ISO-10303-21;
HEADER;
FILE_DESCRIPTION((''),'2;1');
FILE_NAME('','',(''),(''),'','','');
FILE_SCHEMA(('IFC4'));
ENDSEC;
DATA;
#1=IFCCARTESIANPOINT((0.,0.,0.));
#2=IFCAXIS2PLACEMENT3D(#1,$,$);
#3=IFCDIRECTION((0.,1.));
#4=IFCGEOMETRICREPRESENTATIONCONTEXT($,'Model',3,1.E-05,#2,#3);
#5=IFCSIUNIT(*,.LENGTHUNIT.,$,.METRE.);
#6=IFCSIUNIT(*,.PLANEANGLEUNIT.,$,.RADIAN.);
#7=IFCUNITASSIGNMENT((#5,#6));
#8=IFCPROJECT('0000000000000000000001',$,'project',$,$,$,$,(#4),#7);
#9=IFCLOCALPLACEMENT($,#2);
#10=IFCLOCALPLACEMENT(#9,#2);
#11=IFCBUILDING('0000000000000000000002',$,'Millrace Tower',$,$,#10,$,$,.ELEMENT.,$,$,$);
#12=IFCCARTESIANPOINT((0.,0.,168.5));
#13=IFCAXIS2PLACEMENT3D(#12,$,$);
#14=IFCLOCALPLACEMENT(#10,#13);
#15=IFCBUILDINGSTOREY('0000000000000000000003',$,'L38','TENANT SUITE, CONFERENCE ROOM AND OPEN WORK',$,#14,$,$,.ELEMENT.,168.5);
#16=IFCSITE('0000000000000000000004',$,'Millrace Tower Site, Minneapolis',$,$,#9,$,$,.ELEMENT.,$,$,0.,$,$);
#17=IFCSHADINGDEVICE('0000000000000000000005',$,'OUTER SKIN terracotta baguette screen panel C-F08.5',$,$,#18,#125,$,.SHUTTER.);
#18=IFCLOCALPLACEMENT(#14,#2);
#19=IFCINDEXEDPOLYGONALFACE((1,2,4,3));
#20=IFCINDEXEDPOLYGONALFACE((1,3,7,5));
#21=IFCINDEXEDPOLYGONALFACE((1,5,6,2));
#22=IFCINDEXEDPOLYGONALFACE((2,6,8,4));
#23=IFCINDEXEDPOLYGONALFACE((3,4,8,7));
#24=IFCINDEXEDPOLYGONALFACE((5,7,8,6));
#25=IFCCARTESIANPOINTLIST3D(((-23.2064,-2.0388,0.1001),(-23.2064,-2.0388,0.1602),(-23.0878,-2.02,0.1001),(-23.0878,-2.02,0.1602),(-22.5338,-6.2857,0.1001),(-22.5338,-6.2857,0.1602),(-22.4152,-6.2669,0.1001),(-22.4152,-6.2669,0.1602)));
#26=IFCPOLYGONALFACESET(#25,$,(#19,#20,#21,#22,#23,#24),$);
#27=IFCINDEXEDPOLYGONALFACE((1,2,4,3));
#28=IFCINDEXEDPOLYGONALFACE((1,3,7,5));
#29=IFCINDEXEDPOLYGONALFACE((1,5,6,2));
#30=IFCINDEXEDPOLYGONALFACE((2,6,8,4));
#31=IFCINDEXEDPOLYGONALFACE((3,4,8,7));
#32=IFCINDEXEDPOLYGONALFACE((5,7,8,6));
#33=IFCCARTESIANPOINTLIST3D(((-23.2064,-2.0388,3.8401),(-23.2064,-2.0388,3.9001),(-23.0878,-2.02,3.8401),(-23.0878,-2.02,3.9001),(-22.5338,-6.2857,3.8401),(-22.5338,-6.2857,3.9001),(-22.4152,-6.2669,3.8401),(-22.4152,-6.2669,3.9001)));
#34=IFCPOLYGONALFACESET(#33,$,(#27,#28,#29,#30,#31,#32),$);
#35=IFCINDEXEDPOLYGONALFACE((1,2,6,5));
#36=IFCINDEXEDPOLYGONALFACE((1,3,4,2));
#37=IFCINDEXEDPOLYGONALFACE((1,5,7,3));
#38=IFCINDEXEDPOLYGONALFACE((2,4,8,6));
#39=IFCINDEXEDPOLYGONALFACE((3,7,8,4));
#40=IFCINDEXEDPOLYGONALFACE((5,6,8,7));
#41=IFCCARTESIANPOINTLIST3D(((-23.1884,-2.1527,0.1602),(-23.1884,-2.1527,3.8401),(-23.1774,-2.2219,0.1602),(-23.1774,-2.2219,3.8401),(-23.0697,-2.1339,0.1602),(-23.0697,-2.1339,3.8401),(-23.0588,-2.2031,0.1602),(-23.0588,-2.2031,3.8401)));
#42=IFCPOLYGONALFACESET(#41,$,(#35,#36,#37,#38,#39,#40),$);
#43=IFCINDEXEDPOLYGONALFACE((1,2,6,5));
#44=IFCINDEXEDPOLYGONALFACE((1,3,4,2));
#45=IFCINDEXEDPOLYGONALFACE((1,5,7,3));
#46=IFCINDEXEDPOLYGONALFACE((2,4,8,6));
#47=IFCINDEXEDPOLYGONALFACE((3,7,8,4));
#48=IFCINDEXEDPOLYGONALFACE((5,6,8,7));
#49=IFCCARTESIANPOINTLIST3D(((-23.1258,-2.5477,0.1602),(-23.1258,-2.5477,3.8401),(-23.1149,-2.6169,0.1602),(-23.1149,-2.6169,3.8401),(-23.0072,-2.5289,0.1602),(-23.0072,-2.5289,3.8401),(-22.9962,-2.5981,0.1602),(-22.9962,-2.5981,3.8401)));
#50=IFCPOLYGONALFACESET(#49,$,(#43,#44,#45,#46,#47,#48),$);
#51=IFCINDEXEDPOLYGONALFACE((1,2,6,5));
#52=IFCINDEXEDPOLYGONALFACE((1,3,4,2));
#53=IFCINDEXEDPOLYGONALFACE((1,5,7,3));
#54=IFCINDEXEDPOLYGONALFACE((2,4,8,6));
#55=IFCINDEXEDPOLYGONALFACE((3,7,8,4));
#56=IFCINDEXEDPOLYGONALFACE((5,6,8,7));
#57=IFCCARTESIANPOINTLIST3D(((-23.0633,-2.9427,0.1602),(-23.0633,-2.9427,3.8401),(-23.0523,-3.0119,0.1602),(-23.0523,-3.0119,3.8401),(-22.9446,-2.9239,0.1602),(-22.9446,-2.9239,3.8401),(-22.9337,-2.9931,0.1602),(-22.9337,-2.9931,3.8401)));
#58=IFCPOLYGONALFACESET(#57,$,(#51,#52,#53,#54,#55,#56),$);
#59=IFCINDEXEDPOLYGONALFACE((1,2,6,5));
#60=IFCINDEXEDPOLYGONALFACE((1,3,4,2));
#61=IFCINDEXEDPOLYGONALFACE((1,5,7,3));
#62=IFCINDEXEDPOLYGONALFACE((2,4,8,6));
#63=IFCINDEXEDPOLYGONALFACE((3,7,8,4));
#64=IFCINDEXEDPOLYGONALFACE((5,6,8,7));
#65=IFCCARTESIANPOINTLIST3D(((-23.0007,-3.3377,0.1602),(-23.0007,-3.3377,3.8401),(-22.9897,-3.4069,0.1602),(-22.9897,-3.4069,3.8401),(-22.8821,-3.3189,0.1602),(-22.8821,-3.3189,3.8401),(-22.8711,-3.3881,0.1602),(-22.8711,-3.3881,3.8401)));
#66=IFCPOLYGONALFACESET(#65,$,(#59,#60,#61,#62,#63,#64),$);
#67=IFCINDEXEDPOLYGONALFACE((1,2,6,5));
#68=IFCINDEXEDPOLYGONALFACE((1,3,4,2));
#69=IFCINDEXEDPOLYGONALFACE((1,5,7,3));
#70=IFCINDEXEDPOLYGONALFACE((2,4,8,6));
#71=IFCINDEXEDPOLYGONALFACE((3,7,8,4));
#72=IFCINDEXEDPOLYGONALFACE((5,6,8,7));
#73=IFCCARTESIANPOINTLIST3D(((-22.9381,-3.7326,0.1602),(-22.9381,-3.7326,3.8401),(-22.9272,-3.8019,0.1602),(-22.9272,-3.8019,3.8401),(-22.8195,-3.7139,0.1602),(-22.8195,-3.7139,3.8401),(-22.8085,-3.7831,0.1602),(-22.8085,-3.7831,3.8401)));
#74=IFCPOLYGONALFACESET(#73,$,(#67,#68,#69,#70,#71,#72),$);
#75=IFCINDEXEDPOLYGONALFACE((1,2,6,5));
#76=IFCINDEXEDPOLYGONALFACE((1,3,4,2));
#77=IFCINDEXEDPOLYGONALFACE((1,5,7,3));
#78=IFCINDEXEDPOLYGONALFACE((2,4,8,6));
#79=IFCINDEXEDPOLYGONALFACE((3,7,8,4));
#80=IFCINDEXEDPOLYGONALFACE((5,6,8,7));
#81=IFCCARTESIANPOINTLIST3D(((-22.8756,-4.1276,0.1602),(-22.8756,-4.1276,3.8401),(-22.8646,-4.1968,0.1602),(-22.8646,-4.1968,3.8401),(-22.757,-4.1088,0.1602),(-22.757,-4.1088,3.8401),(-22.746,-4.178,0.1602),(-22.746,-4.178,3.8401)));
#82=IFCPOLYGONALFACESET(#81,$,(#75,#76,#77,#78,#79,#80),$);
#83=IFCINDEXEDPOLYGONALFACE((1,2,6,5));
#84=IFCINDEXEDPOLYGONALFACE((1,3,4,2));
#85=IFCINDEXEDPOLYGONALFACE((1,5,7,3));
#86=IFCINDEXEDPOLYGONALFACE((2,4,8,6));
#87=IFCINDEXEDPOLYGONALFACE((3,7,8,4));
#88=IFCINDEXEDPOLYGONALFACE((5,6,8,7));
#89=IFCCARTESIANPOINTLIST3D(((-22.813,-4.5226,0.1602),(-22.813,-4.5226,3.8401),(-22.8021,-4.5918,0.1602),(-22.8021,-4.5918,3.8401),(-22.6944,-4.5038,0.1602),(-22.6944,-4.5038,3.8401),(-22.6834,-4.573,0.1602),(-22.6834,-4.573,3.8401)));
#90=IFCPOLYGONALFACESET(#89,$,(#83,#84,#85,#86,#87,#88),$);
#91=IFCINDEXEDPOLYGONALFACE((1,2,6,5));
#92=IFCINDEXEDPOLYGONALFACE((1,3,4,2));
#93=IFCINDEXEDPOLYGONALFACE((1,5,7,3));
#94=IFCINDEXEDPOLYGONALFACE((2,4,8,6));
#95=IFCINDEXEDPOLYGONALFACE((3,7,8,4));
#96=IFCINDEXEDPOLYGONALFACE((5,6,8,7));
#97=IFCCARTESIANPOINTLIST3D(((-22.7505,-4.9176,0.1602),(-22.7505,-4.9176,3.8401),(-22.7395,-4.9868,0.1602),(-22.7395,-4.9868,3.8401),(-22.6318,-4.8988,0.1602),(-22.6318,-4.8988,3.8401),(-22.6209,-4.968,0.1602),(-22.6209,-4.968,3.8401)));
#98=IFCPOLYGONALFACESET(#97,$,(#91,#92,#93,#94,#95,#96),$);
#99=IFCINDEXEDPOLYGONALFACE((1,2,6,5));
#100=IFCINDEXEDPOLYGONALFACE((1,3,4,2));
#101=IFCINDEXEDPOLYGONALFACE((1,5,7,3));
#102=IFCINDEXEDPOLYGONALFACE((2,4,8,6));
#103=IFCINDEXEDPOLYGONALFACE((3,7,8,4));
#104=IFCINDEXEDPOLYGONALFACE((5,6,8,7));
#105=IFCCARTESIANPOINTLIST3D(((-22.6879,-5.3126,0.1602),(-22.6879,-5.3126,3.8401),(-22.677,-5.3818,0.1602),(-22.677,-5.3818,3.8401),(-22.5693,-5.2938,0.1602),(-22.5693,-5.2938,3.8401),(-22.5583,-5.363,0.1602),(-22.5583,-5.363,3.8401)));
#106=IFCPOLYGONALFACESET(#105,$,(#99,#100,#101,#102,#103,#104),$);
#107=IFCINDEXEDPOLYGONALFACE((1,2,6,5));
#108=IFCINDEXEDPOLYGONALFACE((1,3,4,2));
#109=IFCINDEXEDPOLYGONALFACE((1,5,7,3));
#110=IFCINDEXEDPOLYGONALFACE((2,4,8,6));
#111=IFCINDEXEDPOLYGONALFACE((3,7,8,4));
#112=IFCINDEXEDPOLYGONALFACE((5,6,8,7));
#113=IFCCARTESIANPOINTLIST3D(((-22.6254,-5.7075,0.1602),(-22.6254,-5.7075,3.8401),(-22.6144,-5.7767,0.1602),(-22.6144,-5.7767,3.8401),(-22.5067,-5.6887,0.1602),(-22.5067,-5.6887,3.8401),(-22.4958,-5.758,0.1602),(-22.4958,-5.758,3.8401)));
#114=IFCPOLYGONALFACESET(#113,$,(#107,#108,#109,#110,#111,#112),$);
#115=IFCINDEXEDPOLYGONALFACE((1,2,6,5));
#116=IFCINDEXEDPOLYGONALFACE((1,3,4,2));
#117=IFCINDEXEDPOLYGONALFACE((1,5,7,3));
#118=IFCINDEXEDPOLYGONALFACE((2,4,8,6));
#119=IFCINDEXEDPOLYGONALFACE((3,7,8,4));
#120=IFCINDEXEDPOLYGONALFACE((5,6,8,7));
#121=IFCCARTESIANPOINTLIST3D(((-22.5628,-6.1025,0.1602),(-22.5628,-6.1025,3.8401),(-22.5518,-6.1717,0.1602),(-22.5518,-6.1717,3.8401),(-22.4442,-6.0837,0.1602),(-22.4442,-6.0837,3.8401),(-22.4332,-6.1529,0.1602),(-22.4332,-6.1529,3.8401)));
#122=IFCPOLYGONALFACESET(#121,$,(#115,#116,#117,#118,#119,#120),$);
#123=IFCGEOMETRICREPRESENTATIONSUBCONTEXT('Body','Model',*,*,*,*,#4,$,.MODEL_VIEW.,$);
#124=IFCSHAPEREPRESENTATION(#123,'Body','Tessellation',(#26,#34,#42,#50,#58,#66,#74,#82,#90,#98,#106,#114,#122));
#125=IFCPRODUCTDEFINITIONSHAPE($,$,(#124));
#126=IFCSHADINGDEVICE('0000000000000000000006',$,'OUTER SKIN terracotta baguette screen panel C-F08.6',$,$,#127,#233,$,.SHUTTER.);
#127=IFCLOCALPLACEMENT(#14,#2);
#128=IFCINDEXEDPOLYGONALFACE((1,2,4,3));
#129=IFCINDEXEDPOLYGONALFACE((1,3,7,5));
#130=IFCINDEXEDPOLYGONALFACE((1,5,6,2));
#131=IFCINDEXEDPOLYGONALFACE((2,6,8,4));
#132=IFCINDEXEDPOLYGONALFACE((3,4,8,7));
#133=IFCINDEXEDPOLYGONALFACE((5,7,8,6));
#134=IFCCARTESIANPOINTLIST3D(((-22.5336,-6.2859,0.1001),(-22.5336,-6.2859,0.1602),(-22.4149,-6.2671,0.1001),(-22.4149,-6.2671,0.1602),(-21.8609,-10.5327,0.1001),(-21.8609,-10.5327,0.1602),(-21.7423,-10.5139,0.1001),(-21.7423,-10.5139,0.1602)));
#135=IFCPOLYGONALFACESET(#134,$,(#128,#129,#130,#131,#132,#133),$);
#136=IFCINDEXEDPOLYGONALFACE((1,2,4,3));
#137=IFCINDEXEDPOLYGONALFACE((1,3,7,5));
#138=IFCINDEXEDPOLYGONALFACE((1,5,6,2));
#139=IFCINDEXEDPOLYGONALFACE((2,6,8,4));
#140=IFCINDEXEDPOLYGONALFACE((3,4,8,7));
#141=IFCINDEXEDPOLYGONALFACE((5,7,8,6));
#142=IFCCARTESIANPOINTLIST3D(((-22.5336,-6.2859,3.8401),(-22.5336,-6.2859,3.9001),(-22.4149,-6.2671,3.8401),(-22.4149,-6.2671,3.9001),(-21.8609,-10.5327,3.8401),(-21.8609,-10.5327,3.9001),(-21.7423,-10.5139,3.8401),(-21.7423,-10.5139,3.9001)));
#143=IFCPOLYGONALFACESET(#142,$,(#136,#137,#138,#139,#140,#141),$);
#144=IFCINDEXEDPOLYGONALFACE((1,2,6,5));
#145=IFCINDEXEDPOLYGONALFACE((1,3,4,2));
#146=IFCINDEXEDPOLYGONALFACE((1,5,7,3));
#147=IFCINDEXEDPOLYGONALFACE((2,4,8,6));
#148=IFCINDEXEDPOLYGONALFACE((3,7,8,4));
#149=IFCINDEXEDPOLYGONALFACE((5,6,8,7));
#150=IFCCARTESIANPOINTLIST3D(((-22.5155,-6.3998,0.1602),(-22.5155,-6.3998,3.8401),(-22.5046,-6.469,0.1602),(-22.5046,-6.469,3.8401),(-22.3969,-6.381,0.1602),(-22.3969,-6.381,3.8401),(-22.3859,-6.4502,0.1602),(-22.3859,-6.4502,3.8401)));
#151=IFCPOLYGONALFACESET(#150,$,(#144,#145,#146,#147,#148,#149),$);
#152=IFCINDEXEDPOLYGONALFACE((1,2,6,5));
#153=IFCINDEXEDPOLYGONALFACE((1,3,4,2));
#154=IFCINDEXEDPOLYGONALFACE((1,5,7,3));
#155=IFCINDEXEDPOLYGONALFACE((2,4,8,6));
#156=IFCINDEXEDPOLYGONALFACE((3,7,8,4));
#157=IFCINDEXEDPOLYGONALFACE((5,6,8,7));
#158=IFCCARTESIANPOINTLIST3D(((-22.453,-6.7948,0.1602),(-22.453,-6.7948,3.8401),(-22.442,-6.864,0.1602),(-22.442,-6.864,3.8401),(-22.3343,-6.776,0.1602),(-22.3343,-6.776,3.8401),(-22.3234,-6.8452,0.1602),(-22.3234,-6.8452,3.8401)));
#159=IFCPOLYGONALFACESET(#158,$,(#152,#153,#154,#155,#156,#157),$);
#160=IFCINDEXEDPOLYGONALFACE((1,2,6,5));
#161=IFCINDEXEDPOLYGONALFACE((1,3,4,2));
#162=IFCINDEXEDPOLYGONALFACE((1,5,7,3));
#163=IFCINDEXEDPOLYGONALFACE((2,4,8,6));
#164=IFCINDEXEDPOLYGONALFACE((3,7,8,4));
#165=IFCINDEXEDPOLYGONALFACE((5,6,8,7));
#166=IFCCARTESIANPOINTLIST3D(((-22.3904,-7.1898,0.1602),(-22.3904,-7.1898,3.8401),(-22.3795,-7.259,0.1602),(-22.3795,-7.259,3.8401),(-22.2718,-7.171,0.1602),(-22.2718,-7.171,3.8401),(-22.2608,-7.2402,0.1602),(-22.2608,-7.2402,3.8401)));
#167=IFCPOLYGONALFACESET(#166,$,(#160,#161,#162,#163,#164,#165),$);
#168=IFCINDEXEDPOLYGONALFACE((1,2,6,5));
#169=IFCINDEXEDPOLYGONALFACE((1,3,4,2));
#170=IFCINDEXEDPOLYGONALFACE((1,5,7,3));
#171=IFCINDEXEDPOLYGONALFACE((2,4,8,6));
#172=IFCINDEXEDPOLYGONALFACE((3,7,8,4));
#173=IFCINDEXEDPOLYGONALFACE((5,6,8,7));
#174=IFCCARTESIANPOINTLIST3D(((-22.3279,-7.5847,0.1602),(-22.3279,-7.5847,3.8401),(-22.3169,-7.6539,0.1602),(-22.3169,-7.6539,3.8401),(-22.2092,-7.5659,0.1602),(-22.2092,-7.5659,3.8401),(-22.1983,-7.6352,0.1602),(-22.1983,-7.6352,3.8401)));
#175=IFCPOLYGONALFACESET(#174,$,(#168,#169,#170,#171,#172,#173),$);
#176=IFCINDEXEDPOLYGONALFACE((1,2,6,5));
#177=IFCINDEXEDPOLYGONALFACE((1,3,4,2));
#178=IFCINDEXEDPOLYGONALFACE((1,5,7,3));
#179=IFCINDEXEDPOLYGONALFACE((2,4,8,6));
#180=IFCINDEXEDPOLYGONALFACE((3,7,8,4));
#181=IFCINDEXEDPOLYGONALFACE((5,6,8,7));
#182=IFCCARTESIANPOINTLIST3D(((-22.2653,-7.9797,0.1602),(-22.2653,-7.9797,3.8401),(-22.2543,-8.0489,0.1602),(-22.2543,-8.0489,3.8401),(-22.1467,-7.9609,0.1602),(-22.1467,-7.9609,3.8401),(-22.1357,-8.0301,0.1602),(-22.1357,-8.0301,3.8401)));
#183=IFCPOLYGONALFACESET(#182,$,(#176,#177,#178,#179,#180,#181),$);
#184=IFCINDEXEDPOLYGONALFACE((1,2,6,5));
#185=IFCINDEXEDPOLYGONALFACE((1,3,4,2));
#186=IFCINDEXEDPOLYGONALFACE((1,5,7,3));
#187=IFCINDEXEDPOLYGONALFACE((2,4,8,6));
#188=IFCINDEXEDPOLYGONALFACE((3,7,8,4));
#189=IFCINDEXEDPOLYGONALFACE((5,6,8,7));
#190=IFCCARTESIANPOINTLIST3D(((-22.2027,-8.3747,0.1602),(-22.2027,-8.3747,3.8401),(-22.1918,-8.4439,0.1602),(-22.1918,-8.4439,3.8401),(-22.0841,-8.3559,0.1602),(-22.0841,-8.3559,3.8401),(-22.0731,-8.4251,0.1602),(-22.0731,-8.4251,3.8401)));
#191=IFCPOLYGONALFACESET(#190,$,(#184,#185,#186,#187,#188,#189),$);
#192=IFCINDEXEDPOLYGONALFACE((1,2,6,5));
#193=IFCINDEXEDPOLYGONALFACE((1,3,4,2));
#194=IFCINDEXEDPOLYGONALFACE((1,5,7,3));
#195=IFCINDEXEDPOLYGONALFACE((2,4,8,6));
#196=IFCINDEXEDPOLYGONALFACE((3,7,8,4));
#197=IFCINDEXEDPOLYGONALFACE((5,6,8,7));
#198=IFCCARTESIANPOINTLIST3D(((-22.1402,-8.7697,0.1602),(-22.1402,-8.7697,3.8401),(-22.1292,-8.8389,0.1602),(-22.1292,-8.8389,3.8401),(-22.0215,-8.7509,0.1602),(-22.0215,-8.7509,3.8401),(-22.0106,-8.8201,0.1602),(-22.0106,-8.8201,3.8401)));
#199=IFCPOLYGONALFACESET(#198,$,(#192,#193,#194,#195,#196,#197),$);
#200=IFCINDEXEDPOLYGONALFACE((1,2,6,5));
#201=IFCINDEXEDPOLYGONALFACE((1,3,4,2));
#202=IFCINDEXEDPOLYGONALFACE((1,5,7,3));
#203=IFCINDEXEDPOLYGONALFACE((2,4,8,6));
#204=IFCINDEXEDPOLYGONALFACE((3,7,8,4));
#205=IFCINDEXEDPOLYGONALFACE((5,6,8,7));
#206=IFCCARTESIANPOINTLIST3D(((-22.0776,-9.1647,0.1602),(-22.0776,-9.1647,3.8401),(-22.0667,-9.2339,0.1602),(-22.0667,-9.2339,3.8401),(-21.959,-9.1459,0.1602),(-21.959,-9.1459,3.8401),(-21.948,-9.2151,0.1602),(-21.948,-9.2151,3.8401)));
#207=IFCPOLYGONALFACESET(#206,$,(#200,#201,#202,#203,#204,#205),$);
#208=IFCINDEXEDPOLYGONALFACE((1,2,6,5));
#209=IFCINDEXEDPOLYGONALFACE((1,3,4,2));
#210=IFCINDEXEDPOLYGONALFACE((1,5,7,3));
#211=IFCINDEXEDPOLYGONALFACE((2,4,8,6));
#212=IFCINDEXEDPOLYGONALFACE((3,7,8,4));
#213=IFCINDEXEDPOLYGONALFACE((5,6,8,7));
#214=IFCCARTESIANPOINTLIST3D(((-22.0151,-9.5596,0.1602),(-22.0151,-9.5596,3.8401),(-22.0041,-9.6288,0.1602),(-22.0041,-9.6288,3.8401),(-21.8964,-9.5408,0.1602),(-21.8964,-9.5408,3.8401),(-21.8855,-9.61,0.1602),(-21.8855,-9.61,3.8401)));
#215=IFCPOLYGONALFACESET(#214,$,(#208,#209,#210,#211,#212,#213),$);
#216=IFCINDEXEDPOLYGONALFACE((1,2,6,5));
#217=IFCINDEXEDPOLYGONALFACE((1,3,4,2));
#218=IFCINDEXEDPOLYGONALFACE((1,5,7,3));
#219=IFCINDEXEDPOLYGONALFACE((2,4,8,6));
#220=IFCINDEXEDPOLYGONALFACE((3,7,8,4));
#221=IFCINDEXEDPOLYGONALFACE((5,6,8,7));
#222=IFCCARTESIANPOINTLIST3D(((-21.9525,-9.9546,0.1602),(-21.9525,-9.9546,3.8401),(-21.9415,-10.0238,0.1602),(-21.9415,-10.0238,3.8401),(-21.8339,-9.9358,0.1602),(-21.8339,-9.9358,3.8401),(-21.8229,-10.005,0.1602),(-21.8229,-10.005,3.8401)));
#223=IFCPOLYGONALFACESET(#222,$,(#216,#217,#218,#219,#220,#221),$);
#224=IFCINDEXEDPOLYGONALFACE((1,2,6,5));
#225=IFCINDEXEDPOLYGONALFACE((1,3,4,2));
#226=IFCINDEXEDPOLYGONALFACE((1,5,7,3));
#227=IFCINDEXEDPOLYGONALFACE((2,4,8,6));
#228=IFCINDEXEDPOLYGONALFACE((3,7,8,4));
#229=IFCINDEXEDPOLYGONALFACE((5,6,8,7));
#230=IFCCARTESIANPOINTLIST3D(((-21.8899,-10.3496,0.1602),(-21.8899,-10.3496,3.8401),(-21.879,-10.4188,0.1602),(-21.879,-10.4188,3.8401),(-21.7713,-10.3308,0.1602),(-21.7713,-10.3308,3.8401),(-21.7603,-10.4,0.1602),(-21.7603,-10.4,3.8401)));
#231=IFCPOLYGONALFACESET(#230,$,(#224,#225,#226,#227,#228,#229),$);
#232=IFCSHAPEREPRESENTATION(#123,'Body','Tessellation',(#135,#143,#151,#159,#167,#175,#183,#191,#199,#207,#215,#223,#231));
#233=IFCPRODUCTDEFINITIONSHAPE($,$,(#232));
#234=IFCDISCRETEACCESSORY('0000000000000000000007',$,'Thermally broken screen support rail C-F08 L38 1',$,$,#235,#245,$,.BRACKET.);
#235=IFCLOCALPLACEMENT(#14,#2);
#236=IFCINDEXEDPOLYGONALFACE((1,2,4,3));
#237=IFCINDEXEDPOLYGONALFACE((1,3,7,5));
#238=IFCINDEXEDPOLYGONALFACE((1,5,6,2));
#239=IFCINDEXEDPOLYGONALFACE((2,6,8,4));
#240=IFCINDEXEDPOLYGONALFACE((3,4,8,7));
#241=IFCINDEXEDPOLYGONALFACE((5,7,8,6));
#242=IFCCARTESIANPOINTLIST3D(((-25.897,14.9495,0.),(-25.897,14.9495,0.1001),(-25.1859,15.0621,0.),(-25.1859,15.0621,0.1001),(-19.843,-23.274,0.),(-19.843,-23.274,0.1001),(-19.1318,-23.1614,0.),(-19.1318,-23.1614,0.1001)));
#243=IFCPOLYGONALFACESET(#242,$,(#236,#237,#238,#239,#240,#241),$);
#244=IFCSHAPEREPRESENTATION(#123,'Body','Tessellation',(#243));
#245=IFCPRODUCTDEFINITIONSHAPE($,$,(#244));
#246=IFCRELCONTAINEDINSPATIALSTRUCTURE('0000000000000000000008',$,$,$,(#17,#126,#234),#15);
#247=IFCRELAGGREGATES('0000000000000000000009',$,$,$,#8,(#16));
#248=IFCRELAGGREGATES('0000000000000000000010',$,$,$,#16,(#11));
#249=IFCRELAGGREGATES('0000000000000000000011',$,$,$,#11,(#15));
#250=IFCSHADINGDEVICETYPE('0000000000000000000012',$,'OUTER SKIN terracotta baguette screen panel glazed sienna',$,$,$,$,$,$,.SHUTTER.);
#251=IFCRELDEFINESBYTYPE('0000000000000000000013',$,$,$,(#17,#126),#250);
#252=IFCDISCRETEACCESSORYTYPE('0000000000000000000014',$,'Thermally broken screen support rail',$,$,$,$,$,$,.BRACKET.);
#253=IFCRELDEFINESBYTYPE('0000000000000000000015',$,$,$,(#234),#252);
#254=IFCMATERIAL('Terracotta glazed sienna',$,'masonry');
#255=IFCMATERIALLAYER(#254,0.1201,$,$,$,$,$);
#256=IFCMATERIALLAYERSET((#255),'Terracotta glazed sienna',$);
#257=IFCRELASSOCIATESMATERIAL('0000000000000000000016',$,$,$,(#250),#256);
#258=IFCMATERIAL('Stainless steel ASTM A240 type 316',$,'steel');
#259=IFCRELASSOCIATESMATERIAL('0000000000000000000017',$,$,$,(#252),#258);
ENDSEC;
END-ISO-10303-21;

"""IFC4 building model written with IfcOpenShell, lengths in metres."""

from ifc_helpers import new_model, entity, si_unit, direction, frame, frame_2d, origin, origin_2d, place, context, subcontext, project, spatial, rectangle, extrude, source, transform, mapped, material, layer, layer_set, type_object, element, save


model = new_model("IFC4")

# Units and contexts
model_context = context("Model", 3, precision=1e-05, world=origin(), true_north=direction((0.0, 1.0)))
body_context = subcontext(model_context, "Body", "Model", "MODEL_VIEW")
ifc_project = project(units=[si_unit("LENGTHUNIT", "METRE"), si_unit("PLANEANGLEUNIT", "RADIAN")], contexts=[model_context])

# Site, building, storey
site_placement = place(None, origin())
site = spatial("IfcSite", under=ifc_project, at=site_placement, Name="Millrace Tower Site, Minneapolis", CompositionType="ELEMENT", RefElevation=0.0)
building_placement = place(site_placement, origin())
building = spatial("IfcBuilding", under=site, at=building_placement, Name="Millrace Tower", CompositionType="ELEMENT")
storey_placement = place(building_placement, frame((0.0, 0.0, 168.5)))
storey = spatial("IfcBuildingStorey", under=building, at=storey_placement, Name="L38", Description="TENANT SUITE, CONFERENCE ROOM AND OPEN WORK", CompositionType="ELEMENT", Elevation=168.5)

# Shading devices
ifc_material_1 = material(Name="Terracotta glazed sienna", Category="masonry")
ifc_layer_1 = layer(ifc_material_1, 0.1201)
ifc_layer_set_1 = layer_set([ifc_layer_1], Name="Terracotta glazed sienna")
shading_device_type = type_object("IfcShadingDeviceType", Name="OUTER SKIN terracotta baguette screen panel glazed sienna", PredefinedType="SHUTTER", material=ifc_layer_set_1)
cartesian_point = entity("IfcCartesianPoint", [-2.1499, 0.0601])
shared_polyline = entity("IfcPolyline", [cartesian_point, entity("IfcCartesianPoint", [2.1499, 0.0601]), entity("IfcCartesianPoint", [2.1499, -0.0601]), entity("IfcCartesianPoint", [-2.1499, -0.0601]), cartesian_point])
shared_shape = source(origin(), body_context, "Body", "SweptSolid", [
    entity("IfcExtrudedAreaSolid", entity("IfcArbitraryClosedProfileDef", "AREA", None, shared_polyline), entity("IfcAxis2Placement3D", entity("IfcCartesianPoint", [0.0, 0.0, 0.0])), entity("IfcDirection", [0.0, 0.0, 1.0]), 0.0601),
    entity("IfcExtrudedAreaSolid", entity("IfcArbitraryClosedProfileDef", "AREA", None, shared_polyline), entity("IfcAxis2Placement3D", entity("IfcCartesianPoint", [0.0, 0.0, 3.74])), entity("IfcDirection", [0.0, 0.0, 1.0]), 0.0601),
    extrude(rectangle(XDim=0.0701, YDim=0.1201, at=frame_2d((-1.9995, 0.0))), frame((0.0, 0.0, 0.0601)), (0.0, 0.0, 1.0), 3.6799),
    extrude(rectangle(XDim=0.0701, YDim=0.1201, at=frame_2d((-1.5996, 0.0))), frame((0.0, 0.0, 0.0601)), (0.0, 0.0, 1.0), 3.6799),
    extrude(rectangle(XDim=0.0701, YDim=0.1201, at=frame_2d((-1.1997, 0.0))), frame((0.0, 0.0, 0.0601)), (0.0, 0.0, 1.0), 3.6799),
    extrude(rectangle(XDim=0.0701, YDim=0.1201, at=frame_2d((-0.7998, 0.0))), frame((0.0, 0.0, 0.0601)), (0.0, 0.0, 1.0), 3.6799),
    extrude(rectangle(XDim=0.0701, YDim=0.1201, at=frame_2d((-0.3999, 0.0))), frame((0.0, 0.0, 0.0601)), (0.0, 0.0, 1.0), 3.6799),
    extrude(rectangle(XDim=0.0701, YDim=0.1201, at=origin_2d()), frame((0.0, 0.0, 0.0601)), (0.0, 0.0, 1.0), 3.6799),
    extrude(rectangle(XDim=0.0701, YDim=0.1201, at=frame_2d((0.3999, 0.0))), frame((0.0, 0.0, 0.0601)), (0.0, 0.0, 1.0), 3.6799),
    extrude(rectangle(XDim=0.0701, YDim=0.1201, at=frame_2d((0.7998, 0.0))), frame((0.0, 0.0, 0.0601)), (0.0, 0.0, 1.0), 3.6799),
    extrude(rectangle(XDim=0.0701, YDim=0.1201, at=frame_2d((1.1997, 0.0))), frame((0.0, 0.0, 0.0601)), (0.0, 0.0, 1.0), 3.6799),
    extrude(rectangle(XDim=0.0701, YDim=0.1201, at=frame_2d((1.5996, 0.0))), frame((0.0, 0.0, 0.0601)), (0.0, 0.0, 1.0), 3.6799),
    extrude(rectangle(XDim=0.0701, YDim=0.1201, at=frame_2d((1.9995, 0.0))), frame((0.0, 0.0, 0.0601)), (0.0, 0.0, 1.0), 3.6799),
])
for number, where, z_axis, x_axis, name in (
    (1, (-22.8108, -4.1528, 0.1001), (0.0, 0.0, 1.0), (0.156434, -0.987688, 0.0), "OUTER SKIN terracotta baguette screen panel C-F08.5"),
    (2, (-22.1379, -8.3999, 0.1001), (0.0, 0.0, 1.0), (0.156434, -0.987688, 0.0), "OUTER SKIN terracotta baguette screen panel C-F08.6"),
):
    element("IfcShadingDevice", number, at=place(storey_placement, frame(where, z_axis=z_axis, x_axis=x_axis)), inside=storey, type_object=shading_device_type, Name=name, PredefinedType="SHUTTER", context=body_context, shape_type="MappedRepresentation", body=[
        mapped(shared_shape, transform((0.0, 0.0, 0.0), scale=1.0)),
    ])

# Discrete accessory
ifc_material_2 = material(Name="Stainless steel ASTM A240 type 316", Category="steel")
discrete_accessory_type = type_object("IfcDiscreteAccessoryType", Name="Thermally broken screen support rail", PredefinedType="BRACKET", material=ifc_material_2)
discrete_accessory_placement = place(storey_placement, frame((-22.5144, -4.106, 0.0), z_axis=(0.0, 0.0, 1.0), x_axis=(0.156434, -0.987688, 0.0)))
element("IfcDiscreteAccessory", 3, at=discrete_accessory_placement, inside=storey, type_object=discrete_accessory_type, Name="Thermally broken screen support rail C-F08 L38 1", PredefinedType="BRACKET", context=body_context, shape_type="SweptSolid", body=[
    extrude(rectangle(XDim=38.7, YDim=0.72, at=origin_2d()), origin(), (0.0, 0.0, 1.0), 0.1001),
])

save(model, "model.ifc")
